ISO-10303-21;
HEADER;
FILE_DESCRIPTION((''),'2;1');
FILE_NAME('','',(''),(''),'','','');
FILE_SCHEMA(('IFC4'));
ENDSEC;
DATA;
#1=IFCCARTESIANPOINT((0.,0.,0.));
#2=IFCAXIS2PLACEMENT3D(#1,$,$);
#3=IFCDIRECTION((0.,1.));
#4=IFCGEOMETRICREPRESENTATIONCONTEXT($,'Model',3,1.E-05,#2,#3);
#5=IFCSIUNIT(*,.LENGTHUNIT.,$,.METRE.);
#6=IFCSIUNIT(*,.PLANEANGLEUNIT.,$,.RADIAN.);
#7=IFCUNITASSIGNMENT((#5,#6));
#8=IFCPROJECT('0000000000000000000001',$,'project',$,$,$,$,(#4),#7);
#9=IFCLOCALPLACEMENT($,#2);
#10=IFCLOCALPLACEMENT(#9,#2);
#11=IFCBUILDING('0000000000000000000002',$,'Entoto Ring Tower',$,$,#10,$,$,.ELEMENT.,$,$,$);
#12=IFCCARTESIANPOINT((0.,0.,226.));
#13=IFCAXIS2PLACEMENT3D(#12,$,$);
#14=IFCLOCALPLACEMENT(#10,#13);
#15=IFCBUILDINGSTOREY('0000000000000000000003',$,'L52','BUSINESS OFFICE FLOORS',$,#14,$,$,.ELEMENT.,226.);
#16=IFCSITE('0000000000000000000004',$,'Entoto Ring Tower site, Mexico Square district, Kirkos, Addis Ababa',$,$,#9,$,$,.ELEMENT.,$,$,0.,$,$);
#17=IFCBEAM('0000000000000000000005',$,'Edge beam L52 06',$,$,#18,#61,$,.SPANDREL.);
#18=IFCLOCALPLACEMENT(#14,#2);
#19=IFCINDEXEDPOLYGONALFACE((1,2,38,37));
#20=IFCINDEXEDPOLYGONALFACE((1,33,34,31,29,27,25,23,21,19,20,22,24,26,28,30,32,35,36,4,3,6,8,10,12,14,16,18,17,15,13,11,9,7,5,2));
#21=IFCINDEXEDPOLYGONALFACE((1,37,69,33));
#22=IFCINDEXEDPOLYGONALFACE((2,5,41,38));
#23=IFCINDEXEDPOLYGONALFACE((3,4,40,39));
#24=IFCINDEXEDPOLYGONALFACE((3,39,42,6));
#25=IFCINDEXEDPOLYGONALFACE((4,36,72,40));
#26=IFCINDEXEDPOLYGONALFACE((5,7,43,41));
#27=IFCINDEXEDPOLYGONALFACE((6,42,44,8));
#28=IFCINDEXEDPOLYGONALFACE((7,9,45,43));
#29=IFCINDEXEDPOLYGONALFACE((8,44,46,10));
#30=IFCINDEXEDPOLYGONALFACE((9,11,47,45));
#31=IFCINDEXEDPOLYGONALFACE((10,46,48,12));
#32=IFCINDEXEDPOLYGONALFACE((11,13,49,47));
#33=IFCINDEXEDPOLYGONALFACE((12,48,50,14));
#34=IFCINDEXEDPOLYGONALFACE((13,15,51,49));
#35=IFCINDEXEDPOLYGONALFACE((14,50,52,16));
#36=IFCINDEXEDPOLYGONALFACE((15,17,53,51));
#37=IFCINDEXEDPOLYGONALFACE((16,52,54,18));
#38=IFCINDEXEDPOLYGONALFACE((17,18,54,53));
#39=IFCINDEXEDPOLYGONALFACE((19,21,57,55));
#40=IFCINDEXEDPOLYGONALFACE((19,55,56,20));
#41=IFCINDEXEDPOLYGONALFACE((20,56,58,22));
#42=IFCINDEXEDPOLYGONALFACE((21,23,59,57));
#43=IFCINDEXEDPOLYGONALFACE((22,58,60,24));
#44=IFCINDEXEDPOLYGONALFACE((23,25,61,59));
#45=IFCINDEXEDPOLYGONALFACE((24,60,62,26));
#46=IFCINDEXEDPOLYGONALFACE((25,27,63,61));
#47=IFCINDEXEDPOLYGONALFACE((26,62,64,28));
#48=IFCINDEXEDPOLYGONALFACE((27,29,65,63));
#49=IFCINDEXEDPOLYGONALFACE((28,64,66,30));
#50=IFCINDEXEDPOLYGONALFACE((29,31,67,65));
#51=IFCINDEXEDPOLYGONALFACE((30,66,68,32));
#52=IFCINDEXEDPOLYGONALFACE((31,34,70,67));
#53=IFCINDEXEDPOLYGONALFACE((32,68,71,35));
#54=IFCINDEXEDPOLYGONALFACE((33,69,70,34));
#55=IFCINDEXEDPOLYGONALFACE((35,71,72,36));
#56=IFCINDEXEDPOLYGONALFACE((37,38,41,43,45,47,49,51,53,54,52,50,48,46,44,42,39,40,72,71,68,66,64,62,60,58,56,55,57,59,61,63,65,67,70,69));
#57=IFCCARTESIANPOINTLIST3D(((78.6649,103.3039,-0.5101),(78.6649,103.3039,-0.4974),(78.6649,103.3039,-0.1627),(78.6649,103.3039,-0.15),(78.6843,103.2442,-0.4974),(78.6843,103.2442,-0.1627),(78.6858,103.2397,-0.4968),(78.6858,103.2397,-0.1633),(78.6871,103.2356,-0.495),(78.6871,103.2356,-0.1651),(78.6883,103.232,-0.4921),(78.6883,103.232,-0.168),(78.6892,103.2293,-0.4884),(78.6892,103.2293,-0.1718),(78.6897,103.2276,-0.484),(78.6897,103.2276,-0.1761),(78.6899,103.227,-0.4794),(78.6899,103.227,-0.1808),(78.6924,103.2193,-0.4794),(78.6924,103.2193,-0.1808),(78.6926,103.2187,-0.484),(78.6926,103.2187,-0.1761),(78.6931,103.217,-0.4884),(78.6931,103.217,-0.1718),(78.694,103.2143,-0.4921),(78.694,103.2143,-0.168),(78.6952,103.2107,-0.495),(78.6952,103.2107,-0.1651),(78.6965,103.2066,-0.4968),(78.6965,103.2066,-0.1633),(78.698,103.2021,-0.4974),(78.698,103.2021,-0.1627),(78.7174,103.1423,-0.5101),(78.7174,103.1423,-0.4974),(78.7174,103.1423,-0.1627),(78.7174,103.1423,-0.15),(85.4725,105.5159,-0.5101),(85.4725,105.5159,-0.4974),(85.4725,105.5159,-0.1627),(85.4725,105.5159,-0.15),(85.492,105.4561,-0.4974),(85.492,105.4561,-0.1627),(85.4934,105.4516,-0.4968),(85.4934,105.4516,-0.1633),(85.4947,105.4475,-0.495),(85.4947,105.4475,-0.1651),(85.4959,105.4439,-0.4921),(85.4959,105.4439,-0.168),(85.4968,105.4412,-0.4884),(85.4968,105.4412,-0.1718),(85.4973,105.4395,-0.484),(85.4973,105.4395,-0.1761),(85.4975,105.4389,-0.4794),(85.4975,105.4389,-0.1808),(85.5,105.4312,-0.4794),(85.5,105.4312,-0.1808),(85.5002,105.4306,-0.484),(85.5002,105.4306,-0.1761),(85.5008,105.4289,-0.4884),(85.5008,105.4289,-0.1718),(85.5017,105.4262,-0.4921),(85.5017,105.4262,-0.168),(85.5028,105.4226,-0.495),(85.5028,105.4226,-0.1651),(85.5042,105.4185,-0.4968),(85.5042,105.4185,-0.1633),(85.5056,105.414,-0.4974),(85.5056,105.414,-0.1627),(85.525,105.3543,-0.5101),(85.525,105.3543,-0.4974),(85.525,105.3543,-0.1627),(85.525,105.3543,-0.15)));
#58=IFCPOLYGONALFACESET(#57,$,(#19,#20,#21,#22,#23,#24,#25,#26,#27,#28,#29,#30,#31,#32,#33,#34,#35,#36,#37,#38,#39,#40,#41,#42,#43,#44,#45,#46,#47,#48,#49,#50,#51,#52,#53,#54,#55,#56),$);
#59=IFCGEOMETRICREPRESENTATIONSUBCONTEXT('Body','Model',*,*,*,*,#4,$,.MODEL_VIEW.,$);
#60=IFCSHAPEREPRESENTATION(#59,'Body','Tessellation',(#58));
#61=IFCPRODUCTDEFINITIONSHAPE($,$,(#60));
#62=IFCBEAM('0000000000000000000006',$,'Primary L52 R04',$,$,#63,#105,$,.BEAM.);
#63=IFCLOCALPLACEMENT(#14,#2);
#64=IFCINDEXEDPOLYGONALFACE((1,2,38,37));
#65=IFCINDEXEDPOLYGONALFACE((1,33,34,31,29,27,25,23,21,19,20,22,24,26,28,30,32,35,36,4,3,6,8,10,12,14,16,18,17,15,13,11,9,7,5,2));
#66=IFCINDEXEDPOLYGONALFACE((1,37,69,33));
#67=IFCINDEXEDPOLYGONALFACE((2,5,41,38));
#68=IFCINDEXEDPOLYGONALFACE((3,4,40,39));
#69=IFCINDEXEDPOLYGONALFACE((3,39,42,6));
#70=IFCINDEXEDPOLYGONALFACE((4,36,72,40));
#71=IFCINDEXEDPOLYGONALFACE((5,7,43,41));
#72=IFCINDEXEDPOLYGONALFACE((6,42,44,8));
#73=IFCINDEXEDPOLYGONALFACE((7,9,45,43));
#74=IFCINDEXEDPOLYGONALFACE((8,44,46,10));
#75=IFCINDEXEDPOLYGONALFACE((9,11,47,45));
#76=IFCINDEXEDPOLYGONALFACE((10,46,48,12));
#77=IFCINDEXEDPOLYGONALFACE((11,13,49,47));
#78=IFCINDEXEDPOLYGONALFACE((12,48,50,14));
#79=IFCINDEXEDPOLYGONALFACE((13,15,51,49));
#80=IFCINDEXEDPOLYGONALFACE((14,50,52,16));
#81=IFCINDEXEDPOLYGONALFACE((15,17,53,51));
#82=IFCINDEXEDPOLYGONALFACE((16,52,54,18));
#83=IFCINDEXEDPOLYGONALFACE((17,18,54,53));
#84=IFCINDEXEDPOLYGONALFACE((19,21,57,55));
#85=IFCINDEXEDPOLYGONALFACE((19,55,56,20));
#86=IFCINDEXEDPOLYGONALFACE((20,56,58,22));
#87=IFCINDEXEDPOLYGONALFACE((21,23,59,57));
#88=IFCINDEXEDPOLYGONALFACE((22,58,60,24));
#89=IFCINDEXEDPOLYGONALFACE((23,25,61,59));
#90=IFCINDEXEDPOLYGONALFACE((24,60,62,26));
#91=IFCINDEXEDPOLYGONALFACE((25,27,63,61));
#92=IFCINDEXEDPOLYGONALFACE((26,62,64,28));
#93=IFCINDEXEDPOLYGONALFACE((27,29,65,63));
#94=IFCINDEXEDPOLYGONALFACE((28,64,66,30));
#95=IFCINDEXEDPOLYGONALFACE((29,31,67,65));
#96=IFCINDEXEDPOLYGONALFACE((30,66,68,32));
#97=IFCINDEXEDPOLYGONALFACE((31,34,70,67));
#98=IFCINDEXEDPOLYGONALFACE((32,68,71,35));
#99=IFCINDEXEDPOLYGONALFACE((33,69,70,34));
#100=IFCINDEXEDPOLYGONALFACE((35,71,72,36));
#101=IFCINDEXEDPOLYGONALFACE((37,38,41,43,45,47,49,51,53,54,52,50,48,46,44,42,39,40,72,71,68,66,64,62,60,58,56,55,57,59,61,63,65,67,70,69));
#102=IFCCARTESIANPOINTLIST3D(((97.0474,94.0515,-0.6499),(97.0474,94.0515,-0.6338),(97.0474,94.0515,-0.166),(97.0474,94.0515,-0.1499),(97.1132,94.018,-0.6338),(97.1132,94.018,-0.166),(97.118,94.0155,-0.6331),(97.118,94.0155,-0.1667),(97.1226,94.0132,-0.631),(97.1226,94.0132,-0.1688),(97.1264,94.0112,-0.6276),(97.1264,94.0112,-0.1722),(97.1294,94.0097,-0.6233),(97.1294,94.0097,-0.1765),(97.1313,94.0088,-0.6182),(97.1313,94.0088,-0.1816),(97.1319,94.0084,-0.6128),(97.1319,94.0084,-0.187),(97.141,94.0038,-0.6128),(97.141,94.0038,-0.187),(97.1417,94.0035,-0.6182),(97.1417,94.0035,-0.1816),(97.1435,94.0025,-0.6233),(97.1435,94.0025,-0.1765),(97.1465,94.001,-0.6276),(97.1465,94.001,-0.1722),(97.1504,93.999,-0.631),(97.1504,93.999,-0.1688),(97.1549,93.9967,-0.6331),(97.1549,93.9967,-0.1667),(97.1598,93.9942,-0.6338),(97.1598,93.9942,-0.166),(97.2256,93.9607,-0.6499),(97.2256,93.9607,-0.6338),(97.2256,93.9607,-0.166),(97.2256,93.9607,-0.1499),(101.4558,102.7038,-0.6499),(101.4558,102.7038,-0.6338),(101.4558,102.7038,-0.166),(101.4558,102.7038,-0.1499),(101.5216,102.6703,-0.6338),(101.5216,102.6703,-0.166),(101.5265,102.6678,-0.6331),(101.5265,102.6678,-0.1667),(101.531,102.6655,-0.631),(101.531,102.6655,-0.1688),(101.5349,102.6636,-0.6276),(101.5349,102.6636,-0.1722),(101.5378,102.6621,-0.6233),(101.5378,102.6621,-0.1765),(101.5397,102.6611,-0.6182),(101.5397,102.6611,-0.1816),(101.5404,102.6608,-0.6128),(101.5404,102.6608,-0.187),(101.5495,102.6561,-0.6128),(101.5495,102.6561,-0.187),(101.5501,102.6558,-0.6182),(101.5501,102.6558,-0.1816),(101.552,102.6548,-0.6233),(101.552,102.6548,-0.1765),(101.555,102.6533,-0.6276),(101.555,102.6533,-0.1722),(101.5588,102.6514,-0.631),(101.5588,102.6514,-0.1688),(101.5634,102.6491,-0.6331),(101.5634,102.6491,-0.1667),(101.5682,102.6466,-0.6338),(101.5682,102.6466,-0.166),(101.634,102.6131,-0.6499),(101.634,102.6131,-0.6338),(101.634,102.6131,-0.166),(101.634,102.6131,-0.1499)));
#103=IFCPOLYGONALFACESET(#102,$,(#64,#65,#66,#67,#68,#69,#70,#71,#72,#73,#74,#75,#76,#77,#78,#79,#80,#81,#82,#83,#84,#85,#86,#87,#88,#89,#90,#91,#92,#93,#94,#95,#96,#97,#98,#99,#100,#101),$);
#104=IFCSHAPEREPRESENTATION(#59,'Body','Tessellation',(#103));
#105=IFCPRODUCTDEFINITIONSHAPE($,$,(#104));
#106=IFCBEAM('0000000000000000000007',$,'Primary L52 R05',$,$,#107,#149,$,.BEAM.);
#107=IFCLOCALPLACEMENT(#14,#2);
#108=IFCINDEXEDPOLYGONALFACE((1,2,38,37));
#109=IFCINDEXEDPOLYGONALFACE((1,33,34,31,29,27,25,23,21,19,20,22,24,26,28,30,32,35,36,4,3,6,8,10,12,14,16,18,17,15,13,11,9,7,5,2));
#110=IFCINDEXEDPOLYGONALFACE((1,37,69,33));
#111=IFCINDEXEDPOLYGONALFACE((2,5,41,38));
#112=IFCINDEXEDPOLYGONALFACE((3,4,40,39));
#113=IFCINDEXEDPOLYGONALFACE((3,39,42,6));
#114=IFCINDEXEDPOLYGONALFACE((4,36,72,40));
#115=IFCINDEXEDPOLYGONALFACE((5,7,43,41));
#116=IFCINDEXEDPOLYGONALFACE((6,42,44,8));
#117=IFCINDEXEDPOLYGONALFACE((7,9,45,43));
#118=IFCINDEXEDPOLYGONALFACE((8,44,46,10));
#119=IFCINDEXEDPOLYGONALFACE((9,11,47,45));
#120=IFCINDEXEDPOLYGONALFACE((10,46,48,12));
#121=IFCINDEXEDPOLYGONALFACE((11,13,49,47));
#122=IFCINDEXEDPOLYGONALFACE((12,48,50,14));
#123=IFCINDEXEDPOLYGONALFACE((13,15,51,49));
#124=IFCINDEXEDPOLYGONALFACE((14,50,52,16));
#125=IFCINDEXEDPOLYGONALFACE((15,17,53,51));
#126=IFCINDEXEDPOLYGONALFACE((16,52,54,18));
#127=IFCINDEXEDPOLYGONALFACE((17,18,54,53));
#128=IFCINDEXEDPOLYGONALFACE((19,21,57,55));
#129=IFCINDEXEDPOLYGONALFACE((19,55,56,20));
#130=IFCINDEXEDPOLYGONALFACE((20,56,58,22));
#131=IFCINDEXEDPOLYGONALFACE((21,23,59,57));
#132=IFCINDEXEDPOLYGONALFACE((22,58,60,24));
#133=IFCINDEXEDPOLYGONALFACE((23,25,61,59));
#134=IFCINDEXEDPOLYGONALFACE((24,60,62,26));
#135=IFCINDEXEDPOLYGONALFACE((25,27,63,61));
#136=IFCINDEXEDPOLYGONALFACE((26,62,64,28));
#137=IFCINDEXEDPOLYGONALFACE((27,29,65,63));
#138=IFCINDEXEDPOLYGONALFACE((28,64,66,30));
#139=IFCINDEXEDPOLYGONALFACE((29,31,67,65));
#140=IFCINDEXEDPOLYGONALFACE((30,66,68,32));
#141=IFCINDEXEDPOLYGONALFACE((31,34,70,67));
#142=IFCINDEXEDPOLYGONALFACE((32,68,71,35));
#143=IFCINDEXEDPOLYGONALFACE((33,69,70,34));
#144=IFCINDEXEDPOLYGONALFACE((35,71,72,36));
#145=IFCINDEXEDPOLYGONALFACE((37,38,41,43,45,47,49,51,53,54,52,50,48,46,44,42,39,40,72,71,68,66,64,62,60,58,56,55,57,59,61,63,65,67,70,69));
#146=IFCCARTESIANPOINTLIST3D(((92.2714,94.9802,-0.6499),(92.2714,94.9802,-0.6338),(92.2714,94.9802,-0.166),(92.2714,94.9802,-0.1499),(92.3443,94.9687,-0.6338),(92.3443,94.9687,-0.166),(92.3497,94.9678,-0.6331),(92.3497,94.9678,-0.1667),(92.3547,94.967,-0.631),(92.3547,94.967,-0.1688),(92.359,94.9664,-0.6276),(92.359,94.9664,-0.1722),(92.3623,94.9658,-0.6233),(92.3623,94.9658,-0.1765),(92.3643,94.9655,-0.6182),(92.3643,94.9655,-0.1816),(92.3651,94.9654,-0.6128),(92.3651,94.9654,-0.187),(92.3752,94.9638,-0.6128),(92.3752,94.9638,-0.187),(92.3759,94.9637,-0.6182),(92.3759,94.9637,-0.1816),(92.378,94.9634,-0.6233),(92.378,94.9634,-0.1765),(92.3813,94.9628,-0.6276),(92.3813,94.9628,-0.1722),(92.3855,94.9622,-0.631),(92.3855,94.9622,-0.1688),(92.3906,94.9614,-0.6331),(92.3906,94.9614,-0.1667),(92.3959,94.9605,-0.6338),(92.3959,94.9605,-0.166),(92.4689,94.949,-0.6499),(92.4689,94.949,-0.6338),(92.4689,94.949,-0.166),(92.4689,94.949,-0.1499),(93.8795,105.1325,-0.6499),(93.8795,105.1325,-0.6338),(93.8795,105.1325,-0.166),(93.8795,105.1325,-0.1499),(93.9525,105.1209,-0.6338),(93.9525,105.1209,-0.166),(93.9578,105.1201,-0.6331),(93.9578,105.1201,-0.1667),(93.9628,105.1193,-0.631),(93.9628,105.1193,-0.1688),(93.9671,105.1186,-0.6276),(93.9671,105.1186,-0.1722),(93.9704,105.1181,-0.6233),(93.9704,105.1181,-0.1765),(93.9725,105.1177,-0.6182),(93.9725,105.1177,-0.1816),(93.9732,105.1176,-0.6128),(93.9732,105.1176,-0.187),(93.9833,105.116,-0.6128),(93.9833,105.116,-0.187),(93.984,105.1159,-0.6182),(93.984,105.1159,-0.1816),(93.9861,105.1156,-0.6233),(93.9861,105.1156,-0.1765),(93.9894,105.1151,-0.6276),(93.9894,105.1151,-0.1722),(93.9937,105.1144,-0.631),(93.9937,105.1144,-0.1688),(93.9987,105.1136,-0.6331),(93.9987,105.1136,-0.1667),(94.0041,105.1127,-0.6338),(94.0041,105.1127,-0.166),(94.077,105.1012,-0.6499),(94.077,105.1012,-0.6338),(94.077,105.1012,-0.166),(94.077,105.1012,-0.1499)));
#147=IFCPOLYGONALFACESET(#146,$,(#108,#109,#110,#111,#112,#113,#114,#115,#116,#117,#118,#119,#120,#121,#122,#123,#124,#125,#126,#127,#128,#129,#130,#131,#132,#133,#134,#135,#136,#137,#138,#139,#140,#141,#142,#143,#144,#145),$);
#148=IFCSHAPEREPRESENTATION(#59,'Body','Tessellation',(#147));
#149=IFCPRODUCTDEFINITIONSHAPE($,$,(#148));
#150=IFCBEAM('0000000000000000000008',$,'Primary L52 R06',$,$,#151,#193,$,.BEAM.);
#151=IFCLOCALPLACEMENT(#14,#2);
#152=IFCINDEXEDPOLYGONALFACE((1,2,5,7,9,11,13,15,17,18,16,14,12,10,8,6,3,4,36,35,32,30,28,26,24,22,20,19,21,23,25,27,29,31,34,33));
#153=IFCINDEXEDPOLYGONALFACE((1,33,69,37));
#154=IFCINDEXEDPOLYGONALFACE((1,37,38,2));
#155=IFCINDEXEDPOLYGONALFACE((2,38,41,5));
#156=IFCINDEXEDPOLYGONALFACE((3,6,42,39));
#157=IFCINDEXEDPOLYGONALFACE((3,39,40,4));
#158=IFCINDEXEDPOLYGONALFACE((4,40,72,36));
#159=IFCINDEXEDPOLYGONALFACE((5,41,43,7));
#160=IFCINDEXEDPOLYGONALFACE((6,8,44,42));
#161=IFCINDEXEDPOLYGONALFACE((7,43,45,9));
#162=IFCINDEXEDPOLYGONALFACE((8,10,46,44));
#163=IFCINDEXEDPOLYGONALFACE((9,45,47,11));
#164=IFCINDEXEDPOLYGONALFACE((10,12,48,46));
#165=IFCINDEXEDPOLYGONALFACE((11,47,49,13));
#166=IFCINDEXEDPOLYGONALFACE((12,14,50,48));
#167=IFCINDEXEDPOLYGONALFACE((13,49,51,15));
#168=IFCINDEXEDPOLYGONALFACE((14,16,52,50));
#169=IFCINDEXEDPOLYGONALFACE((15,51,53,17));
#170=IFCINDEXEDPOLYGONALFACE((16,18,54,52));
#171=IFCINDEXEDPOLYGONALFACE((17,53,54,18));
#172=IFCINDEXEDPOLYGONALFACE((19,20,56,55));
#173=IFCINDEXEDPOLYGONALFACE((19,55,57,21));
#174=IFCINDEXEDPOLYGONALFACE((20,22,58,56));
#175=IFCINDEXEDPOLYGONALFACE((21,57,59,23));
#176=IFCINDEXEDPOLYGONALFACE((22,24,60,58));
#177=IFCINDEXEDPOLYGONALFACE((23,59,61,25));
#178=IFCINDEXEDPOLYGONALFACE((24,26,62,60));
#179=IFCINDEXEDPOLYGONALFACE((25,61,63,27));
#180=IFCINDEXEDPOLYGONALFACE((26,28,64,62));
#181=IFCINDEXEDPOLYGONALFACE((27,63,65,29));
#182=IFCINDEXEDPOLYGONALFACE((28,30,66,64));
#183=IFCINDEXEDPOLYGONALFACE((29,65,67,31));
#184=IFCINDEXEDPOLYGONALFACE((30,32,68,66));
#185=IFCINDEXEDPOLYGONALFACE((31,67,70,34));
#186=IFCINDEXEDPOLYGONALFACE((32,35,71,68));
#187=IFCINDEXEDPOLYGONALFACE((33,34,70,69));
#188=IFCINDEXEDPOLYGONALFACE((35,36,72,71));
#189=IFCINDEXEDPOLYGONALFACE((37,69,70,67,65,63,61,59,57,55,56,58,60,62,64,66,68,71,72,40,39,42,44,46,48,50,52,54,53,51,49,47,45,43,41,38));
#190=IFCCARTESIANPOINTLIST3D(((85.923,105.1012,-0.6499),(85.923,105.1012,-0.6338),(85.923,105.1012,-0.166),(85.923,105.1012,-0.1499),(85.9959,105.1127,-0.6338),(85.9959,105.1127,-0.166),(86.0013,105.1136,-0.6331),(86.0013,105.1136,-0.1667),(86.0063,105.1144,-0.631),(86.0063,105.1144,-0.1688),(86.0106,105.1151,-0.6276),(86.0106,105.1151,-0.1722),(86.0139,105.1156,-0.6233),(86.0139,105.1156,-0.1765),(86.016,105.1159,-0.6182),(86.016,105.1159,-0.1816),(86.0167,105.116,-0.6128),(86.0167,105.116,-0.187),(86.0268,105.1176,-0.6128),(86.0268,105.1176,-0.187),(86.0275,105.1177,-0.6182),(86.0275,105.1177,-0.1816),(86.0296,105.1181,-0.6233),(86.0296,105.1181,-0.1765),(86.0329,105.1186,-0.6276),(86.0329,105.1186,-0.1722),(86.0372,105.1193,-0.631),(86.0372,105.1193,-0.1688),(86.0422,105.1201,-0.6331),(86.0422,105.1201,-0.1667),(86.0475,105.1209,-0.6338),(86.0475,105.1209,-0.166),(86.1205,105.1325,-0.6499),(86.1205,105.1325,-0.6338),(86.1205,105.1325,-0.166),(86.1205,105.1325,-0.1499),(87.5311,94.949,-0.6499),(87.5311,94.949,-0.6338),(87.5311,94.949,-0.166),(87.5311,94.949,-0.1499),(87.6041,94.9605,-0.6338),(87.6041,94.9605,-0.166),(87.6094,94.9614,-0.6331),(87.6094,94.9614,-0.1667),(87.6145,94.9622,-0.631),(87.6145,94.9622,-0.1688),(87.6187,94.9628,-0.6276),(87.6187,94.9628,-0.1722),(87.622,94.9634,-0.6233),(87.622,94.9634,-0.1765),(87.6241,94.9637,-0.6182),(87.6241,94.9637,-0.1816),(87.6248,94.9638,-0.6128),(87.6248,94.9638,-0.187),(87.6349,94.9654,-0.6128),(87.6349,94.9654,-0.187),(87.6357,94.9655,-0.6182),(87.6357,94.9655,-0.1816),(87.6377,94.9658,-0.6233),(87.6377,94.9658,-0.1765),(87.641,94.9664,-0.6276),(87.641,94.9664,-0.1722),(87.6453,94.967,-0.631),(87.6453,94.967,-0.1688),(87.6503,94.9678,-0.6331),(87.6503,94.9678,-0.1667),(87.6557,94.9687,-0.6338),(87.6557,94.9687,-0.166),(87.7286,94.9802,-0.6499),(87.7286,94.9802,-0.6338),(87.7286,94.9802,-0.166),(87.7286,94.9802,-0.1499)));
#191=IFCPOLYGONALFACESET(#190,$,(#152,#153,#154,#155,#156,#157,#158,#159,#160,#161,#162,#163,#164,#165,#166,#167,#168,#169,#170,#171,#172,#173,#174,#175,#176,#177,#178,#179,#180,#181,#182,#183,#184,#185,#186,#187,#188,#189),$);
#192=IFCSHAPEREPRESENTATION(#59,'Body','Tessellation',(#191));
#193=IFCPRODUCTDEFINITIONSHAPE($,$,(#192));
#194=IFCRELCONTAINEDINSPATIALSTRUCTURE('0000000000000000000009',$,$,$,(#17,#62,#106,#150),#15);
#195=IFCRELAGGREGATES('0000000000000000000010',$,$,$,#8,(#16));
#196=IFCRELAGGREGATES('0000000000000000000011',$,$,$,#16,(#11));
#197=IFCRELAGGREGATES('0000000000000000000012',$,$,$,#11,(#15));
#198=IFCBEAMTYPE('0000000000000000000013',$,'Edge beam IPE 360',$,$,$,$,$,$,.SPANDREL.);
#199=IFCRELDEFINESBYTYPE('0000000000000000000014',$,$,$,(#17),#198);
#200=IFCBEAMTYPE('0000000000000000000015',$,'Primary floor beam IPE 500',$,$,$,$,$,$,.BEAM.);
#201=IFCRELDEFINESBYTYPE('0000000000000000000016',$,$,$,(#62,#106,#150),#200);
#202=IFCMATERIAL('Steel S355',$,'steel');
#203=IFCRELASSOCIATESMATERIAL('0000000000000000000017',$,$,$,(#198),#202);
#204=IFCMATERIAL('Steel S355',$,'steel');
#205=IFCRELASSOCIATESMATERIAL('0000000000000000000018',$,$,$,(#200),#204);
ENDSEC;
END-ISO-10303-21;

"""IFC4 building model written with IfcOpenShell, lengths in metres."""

from ifc_helpers import new_model, si_unit, direction, frame, origin, origin_2d, place, context, subcontext, project, spatial, i_section, extrude, material, material_profile, profile_set, type_object, element, save


model = new_model("IFC4")

# Units and contexts
model_context = context("Model", 3, precision=1e-05, world=origin(), true_north=direction((0.0, 1.0)))
body_context = subcontext(model_context, "Body", "Model", "MODEL_VIEW")
ifc_project = project(units=[si_unit("LENGTHUNIT", "METRE"), si_unit("PLANEANGLEUNIT", "RADIAN")], contexts=[model_context])

# Site, building, storey
site_placement = place(None, origin())
site = spatial("IfcSite", under=ifc_project, at=site_placement, Name="Entoto Ring Tower site, Mexico Square district, Kirkos, Addis Ababa", CompositionType="ELEMENT", RefElevation=0.0)
building_placement = place(site_placement, origin())
building = spatial("IfcBuilding", under=site, at=building_placement, Name="Entoto Ring Tower", CompositionType="ELEMENT")
storey_placement = place(building_placement, frame((0.0, 0.0, 226.0)))
storey = spatial("IfcBuildingStorey", under=building, at=storey_placement, Name="L52", Description="BUSINESS OFFICE FLOORS", CompositionType="ELEMENT", Elevation=226.0)

# Beams
ifc_material_1 = material(Name="Steel S355", Category="steel")
ifc_material_profile_1 = material_profile(ifc_material_1, i_section(OverallWidth=0.1699, OverallDepth=0.3601, WebThickness=0.0081, FlangeThickness=0.0127, FilletRadius=0.0181, at=origin_2d()), Name="IPE 360")
ifc_profile_set_1 = profile_set([ifc_material_profile_1], Name="Steel S355")
beam_type_1 = type_object("IfcBeamType", Name="Edge beam IPE 360", PredefinedType="SPANDREL", material=ifc_profile_set_1)
beam_1_placement = place(storey_placement, frame((85.4988, 105.4351, -0.3301), z_axis=(-0.951057, -0.309015, 0.0), x_axis=(0.309015, -0.951057, 0.0)))
element("IfcBeam", 1, at=beam_1_placement, inside=storey, type_object=beam_type_1, Name="Edge beam L52 06", PredefinedType="SPANDREL", context=body_context, shape_type="SweptSolid", body=[
    extrude(i_section(OverallWidth=0.1699, OverallDepth=0.3601, WebThickness=0.0081, FlangeThickness=0.0127, FilletRadius=0.0181, at=origin_2d()), origin(), (0.0, 0.0, 1.0), 7.158),
])
ifc_material_2 = material(Name="Steel S355", Category="steel")
ifc_material_profile_2 = material_profile(ifc_material_2, i_section(OverallWidth=0.2, OverallDepth=0.5, WebThickness=0.0103, FlangeThickness=0.0161, FilletRadius=0.021, at=origin_2d()), Name="IPE 500")
ifc_profile_set_2 = profile_set([ifc_material_profile_2], Name="Steel S355")
beam_type_2 = type_object("IfcBeamType", Name="Primary floor beam IPE 500", PredefinedType="BEAM", material=ifc_profile_set_2)
beam_2_placement = place(storey_placement, frame((97.1365, 94.0061, -0.3999), z_axis=(0.453979, 0.891012, 0.0), x_axis=(-0.891012, 0.453979, 0.0)))
element("IfcBeam", 2, at=beam_2_placement, inside=storey, type_object=beam_type_2, Name="Primary L52 R04", PredefinedType="BEAM", context=body_context, shape_type="SweptSolid", body=[
    extrude(i_section(OverallWidth=0.2, OverallDepth=0.5, WebThickness=0.0103, FlangeThickness=0.0161, FilletRadius=0.021, at=origin_2d()), origin(), (0.0, 0.0, 1.0), 9.7107),
])
for number, where, z_axis, x_axis, name in (
    (3, (92.3701, 94.9646, -0.3999), (0.156452, 0.987686, 0.0), (-0.987686, 0.156452, 0.0), "Primary L52 R05"),
    (4, (87.6299, 94.9646, -0.3999), (-0.156452, 0.987686, 0.0), (-0.987686, -0.156452, 0.0), "Primary L52 R06"),
):
    element("IfcBeam", number, at=place(storey_placement, frame(where, z_axis=z_axis, x_axis=x_axis)), inside=storey, type_object=beam_type_2, Name=name, PredefinedType="BEAM", context=body_context, shape_type="SweptSolid", body=[
        extrude(i_section(OverallWidth=0.2, OverallDepth=0.5, WebThickness=0.0103, FlangeThickness=0.0161, FilletRadius=0.021, at=origin_2d()), origin(), (0.0, 0.0, 1.0), 10.2788),
    ])

save(model, "model.ifc")
